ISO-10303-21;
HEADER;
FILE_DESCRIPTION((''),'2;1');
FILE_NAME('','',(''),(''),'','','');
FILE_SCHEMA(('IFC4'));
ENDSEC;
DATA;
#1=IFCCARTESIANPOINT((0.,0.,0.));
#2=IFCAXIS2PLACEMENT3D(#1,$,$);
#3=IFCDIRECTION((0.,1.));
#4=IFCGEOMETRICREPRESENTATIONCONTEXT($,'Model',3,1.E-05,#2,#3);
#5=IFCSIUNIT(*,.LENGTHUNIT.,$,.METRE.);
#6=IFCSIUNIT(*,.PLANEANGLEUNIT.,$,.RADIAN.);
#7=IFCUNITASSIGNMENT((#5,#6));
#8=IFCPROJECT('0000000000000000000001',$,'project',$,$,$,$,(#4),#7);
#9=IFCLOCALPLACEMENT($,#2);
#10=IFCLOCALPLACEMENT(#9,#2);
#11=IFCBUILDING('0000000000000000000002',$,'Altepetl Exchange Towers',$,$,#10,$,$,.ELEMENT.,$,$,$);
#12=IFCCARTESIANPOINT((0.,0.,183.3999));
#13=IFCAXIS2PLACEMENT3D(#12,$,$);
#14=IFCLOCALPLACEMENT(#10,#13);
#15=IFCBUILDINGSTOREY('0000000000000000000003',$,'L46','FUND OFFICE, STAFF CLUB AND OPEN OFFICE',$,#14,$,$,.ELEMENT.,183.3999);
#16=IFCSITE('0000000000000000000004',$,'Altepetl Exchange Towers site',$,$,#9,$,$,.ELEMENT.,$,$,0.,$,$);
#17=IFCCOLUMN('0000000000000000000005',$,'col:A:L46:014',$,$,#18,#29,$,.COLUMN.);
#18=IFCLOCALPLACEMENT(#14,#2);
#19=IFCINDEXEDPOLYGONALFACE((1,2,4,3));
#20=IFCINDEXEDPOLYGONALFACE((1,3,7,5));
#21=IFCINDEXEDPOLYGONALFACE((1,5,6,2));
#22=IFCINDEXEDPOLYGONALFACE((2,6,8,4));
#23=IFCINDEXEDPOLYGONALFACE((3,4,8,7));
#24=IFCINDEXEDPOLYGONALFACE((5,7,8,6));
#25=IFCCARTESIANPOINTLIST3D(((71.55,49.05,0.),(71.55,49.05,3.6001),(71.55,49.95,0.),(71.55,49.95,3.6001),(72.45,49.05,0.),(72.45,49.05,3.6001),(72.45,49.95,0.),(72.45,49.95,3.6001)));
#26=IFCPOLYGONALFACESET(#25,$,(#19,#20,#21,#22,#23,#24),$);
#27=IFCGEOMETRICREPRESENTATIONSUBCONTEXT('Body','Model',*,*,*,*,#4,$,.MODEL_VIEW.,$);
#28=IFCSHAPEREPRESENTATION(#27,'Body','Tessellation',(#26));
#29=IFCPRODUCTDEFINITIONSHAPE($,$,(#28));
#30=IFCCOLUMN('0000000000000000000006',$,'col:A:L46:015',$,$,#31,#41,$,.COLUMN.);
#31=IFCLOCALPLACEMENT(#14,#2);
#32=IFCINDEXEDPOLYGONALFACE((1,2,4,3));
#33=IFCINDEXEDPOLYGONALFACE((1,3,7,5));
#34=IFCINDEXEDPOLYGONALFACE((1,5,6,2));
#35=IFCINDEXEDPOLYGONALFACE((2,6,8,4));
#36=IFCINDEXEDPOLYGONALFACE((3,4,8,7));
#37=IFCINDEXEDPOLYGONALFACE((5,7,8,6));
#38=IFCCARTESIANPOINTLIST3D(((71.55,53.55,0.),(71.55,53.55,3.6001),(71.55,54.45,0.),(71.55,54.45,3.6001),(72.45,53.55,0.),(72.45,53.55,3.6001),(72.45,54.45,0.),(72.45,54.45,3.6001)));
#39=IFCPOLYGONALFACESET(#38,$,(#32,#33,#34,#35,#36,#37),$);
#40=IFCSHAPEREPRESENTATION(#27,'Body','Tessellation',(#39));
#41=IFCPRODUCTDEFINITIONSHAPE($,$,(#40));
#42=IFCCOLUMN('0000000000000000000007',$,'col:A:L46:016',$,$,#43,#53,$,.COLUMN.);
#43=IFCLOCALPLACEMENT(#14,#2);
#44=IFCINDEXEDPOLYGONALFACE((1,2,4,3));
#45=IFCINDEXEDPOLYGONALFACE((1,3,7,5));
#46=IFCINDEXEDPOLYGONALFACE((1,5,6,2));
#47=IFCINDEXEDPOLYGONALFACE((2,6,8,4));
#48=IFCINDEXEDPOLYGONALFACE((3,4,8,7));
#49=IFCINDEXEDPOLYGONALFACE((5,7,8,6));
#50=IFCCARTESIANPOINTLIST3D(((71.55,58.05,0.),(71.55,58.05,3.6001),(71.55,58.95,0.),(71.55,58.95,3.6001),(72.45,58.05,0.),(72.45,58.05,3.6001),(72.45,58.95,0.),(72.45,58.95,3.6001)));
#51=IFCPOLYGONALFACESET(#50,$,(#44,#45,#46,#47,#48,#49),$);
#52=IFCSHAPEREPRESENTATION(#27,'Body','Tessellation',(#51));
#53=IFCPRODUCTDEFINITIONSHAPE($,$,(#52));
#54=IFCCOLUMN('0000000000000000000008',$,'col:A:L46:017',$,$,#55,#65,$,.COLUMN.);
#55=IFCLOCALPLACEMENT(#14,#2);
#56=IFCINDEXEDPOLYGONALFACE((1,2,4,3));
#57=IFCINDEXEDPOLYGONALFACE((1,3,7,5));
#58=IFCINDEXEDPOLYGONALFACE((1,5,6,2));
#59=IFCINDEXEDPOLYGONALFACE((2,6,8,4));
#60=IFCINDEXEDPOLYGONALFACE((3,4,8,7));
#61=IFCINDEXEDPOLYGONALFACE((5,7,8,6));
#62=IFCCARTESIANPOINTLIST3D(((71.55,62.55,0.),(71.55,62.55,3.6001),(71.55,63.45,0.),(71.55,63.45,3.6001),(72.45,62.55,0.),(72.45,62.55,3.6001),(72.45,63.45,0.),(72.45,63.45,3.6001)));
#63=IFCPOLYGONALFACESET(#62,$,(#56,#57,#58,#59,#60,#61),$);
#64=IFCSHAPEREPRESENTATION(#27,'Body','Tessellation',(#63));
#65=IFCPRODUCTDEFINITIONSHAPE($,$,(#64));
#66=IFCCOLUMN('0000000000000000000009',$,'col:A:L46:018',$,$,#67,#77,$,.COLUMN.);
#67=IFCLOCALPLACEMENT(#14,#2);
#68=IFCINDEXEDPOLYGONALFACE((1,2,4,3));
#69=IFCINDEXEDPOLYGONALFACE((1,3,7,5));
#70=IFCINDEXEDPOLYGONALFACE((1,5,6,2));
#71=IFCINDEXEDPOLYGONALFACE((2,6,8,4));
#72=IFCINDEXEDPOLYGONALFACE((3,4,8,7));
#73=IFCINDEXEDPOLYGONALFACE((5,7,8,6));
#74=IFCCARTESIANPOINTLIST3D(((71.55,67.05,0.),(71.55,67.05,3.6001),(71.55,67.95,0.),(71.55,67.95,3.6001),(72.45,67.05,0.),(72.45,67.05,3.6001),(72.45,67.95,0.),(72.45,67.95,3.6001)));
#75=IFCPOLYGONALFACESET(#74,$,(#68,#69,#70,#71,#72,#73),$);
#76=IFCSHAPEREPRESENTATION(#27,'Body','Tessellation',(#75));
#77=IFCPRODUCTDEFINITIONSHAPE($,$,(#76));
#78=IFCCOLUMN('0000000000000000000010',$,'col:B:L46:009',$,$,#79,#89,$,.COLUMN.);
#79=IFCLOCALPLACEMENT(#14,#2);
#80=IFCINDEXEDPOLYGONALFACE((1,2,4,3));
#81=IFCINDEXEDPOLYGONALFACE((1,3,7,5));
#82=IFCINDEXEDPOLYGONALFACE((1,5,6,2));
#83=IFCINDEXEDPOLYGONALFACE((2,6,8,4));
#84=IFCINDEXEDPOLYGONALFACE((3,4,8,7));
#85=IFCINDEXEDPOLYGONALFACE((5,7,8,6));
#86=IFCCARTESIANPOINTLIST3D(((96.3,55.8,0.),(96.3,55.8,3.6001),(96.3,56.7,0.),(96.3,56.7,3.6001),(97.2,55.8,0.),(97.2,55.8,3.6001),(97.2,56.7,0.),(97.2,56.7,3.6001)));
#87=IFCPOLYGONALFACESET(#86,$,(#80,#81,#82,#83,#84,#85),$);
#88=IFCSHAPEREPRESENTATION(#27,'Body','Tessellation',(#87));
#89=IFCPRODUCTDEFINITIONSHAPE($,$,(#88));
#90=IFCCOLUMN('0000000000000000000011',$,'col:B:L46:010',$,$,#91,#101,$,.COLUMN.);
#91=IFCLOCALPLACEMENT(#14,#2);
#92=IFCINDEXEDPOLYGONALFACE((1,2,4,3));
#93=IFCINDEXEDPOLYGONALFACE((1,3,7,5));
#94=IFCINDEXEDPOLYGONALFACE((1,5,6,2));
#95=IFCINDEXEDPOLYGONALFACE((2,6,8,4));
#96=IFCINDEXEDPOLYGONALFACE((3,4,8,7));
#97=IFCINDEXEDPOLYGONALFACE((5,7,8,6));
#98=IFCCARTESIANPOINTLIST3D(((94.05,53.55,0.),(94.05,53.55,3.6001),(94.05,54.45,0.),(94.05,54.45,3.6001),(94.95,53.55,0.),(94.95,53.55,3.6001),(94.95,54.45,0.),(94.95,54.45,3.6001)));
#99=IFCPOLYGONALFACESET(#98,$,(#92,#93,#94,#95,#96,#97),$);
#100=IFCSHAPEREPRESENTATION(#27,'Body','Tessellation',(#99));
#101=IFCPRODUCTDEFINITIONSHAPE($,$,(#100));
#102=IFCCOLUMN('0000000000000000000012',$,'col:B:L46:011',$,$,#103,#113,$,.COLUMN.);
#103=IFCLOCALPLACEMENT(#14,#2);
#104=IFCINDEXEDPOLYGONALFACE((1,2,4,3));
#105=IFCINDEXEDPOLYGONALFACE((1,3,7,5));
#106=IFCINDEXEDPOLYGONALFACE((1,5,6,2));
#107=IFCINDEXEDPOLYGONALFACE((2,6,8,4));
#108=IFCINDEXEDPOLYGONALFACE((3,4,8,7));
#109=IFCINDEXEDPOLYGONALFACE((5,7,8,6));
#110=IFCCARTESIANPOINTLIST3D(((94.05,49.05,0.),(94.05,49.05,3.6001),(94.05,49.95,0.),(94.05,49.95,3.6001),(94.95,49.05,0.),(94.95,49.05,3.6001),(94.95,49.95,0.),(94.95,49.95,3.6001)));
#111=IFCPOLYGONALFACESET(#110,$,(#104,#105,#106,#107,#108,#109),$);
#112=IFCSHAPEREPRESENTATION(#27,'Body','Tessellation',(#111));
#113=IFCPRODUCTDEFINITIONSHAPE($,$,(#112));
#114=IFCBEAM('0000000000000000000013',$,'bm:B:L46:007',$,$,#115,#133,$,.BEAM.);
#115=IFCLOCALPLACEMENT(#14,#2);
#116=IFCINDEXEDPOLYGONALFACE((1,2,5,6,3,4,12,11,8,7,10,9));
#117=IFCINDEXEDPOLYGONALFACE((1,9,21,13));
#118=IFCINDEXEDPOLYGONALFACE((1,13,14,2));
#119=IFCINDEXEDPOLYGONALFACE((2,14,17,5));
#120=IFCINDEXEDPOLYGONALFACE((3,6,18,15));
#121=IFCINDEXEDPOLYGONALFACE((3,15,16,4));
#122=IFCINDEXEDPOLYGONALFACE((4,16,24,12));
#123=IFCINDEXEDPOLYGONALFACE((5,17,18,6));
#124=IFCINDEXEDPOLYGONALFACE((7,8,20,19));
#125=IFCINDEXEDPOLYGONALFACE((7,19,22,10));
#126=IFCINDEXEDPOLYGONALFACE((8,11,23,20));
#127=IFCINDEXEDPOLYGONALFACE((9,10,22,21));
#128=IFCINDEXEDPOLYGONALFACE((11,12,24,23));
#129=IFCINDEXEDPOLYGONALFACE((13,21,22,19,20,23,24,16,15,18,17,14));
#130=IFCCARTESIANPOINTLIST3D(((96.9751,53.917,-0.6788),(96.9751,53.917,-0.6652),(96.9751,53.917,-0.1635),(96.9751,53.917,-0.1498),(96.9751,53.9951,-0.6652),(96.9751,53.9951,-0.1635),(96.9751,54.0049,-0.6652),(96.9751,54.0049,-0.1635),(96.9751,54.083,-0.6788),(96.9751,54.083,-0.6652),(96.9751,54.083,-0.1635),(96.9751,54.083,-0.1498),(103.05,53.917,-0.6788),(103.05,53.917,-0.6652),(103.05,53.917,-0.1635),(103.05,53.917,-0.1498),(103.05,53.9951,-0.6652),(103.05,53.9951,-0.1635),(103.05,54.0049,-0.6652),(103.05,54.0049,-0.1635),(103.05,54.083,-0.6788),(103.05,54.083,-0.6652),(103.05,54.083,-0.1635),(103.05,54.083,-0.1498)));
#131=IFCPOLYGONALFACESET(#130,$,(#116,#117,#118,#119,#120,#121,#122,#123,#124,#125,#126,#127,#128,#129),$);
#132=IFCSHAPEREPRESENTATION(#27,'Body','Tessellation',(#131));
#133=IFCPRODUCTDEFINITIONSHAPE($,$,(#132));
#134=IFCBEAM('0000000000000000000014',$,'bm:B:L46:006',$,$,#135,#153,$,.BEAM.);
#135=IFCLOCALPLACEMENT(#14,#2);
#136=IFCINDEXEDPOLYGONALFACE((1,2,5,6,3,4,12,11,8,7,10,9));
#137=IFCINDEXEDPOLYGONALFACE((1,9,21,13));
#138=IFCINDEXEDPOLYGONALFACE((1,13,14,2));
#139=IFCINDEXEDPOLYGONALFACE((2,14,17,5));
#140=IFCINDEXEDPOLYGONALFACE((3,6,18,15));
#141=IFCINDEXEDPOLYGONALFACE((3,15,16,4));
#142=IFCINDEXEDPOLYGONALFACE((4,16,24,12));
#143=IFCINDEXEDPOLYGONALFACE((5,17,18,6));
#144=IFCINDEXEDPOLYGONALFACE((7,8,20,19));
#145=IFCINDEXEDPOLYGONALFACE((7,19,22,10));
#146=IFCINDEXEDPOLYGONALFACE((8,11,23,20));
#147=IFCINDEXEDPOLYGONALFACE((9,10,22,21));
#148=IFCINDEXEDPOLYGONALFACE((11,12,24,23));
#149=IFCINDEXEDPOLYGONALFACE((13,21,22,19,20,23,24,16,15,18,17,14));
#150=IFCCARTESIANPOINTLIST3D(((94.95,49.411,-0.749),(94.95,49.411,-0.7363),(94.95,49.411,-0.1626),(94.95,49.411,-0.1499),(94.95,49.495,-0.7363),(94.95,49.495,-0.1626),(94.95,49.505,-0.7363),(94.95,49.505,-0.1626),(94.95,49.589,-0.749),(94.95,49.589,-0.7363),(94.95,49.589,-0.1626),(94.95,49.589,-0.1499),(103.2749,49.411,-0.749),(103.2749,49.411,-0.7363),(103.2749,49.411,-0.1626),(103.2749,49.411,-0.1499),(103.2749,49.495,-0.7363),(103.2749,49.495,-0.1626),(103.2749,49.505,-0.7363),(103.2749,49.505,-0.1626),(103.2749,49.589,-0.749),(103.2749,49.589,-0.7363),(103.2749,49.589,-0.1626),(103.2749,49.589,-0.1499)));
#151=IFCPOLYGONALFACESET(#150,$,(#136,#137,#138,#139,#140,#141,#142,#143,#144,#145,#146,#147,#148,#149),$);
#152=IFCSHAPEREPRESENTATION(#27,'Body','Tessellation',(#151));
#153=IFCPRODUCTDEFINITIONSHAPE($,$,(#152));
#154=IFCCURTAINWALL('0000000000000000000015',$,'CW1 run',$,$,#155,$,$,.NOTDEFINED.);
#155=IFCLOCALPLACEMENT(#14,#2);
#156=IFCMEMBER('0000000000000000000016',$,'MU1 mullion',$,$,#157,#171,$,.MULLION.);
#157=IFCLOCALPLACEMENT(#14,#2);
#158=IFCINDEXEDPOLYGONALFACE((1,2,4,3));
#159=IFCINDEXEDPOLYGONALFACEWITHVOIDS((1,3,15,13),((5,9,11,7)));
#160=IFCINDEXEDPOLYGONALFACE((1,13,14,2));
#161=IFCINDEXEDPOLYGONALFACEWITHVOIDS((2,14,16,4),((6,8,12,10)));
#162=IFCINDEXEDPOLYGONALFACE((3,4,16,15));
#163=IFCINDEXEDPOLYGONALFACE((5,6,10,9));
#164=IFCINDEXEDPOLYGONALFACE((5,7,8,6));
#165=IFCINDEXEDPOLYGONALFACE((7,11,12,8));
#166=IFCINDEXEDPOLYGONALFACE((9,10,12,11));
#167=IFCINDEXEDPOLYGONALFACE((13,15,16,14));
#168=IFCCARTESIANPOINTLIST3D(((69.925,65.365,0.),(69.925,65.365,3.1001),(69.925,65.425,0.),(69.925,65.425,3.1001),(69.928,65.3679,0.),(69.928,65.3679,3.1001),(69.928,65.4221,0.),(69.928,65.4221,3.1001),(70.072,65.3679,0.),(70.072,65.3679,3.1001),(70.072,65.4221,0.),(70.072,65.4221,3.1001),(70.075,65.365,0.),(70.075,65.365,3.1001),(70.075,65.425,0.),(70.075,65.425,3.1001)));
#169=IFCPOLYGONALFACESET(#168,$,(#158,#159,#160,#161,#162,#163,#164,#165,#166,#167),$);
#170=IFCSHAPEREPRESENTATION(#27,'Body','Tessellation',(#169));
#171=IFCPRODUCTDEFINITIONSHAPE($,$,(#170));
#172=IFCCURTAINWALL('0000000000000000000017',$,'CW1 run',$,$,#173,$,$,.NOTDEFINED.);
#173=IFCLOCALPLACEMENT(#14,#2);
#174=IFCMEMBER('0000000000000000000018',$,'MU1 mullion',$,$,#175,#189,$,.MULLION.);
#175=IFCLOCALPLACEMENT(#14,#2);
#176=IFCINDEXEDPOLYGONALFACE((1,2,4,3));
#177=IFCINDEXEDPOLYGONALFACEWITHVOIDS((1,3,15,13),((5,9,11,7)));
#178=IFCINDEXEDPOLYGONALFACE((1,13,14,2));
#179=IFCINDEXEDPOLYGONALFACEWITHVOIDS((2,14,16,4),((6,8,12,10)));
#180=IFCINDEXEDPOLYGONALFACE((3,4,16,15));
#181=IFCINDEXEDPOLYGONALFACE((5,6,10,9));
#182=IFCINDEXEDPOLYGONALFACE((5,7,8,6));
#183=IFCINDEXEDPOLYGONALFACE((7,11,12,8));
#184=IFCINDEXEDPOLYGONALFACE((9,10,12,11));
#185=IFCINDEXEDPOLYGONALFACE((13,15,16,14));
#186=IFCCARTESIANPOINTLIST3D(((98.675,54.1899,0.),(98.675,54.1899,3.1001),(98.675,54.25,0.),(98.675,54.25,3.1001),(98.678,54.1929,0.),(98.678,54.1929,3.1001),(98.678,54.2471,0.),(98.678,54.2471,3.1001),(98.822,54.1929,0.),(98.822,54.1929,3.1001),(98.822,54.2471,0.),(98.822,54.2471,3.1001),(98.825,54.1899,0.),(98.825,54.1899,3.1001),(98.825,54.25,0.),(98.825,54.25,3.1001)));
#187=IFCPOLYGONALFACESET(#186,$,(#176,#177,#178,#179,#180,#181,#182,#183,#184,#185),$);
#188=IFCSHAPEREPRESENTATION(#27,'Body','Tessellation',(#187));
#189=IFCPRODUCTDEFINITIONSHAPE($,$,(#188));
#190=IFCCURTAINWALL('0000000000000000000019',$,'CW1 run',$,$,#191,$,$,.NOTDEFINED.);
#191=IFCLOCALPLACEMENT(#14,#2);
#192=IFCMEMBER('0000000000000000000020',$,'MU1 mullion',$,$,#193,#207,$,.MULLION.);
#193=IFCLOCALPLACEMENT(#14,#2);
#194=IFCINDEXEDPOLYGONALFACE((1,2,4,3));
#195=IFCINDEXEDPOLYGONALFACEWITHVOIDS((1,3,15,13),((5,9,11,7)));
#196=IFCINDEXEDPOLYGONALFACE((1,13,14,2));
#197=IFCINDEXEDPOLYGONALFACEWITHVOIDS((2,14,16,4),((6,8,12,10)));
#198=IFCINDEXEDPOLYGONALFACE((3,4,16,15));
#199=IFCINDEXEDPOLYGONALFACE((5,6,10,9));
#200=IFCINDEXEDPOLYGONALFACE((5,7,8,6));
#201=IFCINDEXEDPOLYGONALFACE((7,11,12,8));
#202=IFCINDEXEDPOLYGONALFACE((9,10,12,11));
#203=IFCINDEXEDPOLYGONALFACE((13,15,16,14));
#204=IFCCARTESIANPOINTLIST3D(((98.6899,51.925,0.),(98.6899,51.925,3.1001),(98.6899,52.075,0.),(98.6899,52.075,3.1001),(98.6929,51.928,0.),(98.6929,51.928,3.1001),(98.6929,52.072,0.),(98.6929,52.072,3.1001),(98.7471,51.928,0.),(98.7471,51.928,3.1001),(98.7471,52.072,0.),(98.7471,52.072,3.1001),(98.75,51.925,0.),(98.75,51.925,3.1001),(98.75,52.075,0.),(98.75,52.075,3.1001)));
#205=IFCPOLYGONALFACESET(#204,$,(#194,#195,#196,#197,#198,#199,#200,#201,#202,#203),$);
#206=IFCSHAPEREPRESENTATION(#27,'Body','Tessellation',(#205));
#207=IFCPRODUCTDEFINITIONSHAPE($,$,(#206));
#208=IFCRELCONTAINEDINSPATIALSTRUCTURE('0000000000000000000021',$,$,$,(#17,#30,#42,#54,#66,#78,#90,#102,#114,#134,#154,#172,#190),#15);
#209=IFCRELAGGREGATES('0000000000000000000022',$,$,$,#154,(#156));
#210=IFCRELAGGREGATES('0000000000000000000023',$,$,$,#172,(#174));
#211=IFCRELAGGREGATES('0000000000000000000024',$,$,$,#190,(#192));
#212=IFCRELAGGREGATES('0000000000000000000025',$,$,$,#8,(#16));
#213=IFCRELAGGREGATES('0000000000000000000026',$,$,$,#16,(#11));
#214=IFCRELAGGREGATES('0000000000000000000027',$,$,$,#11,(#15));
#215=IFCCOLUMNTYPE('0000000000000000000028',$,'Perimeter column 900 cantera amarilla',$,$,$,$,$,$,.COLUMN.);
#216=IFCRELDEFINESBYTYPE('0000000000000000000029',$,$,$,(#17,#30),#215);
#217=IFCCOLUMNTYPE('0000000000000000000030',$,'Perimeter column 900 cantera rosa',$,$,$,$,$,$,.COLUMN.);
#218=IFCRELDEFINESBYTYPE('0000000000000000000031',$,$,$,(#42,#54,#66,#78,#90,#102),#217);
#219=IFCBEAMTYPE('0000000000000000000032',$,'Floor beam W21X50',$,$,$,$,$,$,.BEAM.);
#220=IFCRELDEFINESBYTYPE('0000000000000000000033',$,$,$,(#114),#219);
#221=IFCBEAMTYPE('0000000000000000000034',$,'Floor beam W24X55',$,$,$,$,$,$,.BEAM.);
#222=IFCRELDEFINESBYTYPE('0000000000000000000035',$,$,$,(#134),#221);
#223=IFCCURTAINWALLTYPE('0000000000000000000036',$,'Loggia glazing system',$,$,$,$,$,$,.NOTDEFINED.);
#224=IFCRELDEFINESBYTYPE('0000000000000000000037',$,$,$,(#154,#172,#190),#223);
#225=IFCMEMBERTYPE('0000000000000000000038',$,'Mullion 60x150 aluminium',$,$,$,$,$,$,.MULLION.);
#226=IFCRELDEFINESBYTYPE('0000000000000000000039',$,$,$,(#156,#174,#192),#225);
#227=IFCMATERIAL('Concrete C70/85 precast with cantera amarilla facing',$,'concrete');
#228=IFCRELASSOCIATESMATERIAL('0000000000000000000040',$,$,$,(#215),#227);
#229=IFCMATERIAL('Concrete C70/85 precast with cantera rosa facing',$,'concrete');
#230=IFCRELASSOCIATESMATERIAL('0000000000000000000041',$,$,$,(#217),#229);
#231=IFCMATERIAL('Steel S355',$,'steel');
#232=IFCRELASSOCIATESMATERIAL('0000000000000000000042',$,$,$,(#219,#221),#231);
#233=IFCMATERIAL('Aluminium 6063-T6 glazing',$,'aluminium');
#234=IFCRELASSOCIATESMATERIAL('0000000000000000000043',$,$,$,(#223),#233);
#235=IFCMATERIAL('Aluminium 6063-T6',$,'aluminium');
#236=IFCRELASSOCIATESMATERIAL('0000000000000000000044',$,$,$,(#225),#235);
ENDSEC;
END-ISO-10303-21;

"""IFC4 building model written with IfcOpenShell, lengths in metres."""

from ifc_helpers import new_model, si_unit, direction, frame, origin, origin_2d, place, context, subcontext, project, spatial, rectangle, hollow_rectangle, i_section, extrude, material, material_profile, profile_set, type_object, element, aggregate, save


model = new_model("IFC4")

# Units and contexts
model_context = context("Model", 3, precision=1e-05, world=origin(), true_north=direction((0.0, 1.0)))
body_context = subcontext(model_context, "Body", "Model", "MODEL_VIEW")
ifc_project = project(units=[si_unit("LENGTHUNIT", "METRE"), si_unit("PLANEANGLEUNIT", "RADIAN")], contexts=[model_context])

# Site, building, storey
site_placement = place(None, origin())
site = spatial("IfcSite", under=ifc_project, at=site_placement, Name="Altepetl Exchange Towers site", CompositionType="ELEMENT", RefElevation=0.0)
building_placement = place(site_placement, origin())
building = spatial("IfcBuilding", under=site, at=building_placement, Name="Altepetl Exchange Towers", CompositionType="ELEMENT")
storey_placement = place(building_placement, frame((0.0, 0.0, 183.3999)))
storey = spatial("IfcBuildingStorey", under=building, at=storey_placement, Name="L46", Description="FUND OFFICE, STAFF CLUB AND OPEN OFFICE", CompositionType="ELEMENT", Elevation=183.3999)

# Columns
ifc_material_1 = material(Name="Concrete C70/85 precast with cantera amarilla facing", Category="concrete")
ifc_material_profile_1 = material_profile(ifc_material_1, rectangle(XDim=0.8999, YDim=0.8999, at=origin_2d()), Name="900 x 900")
ifc_profile_set_1 = profile_set([ifc_material_profile_1], Name="Concrete C70/85 precast with cantera amarilla facing")
column_type_1 = type_object("IfcColumnType", Name="Perimeter column 900 cantera amarilla", PredefinedType="COLUMN", material=ifc_profile_set_1)
for number, where, name in (
    (1, (72.0, 49.5, 0.0), "col:A:L46:014"),
    (2, (72.0, 54.0, 0.0), "col:A:L46:015"),
):
    element("IfcColumn", number, at=place(storey_placement, frame(where)), inside=storey, type_object=column_type_1, Name=name, PredefinedType="COLUMN", context=body_context, shape_type="SweptSolid", body=[
        extrude(rectangle(XDim=0.8999, YDim=0.8999, at=origin_2d()), origin(), (0.0, 0.0, 1.0), 3.6001),
    ])
ifc_material_2 = material(Name="Concrete C70/85 precast with cantera rosa facing", Category="concrete")
ifc_material_profile_2 = material_profile(ifc_material_2, rectangle(XDim=0.8999, YDim=0.8999, at=origin_2d()), Name="900 x 900")
ifc_profile_set_2 = profile_set([ifc_material_profile_2], Name="Concrete C70/85 precast with cantera rosa facing")
column_type_2 = type_object("IfcColumnType", Name="Perimeter column 900 cantera rosa", PredefinedType="COLUMN", material=ifc_profile_set_2)
for number, where, name in (
    (3, (72.0, 58.5, 0.0), "col:A:L46:016"),
    (4, (72.0, 63.0, 0.0), "col:A:L46:017"),
    (5, (72.0, 67.5, 0.0), "col:A:L46:018"),
    (6, (96.75, 56.25, 0.0), "col:B:L46:009"),
    (7, (94.5, 54.0, 0.0), "col:B:L46:010"),
    (8, (94.5, 49.5, 0.0), "col:B:L46:011"),
):
    element("IfcColumn", number, at=place(storey_placement, frame(where)), inside=storey, type_object=column_type_2, Name=name, PredefinedType="COLUMN", context=body_context, shape_type="SweptSolid", body=[
        extrude(rectangle(XDim=0.8999, YDim=0.8999, at=origin_2d()), origin(), (0.0, 0.0, 1.0), 3.6001),
    ])

# Beams
ifc_material_3 = material(Name="Steel S355", Category="steel")
ifc_material_profile_3 = material_profile(ifc_material_3, i_section(OverallWidth=0.166, OverallDepth=0.5291, WebThickness=0.0098, FlangeThickness=0.0137, at=origin_2d()), Name="W21X50")
ifc_profile_set_3 = profile_set([ifc_material_profile_3], Name="Steel S355")
beam_type_1 = type_object("IfcBeamType", Name="Floor beam W21X50", PredefinedType="BEAM", material=ifc_profile_set_3)
beam_1_placement = place(storey_placement, frame((96.9751, 54.0, -0.4143), z_axis=(1.0, 0.0, 0.0), x_axis=(0.0, 1.0, 0.0)))
element("IfcBeam", 9, at=beam_1_placement, inside=storey, type_object=beam_type_1, Name="bm:B:L46:007", PredefinedType="BEAM", context=body_context, shape_type="SweptSolid", body=[
    extrude(i_section(OverallWidth=0.166, OverallDepth=0.5291, WebThickness=0.0098, FlangeThickness=0.0137, at=origin_2d()), origin(), (0.0, 0.0, 1.0), 6.075),
])
ifc_material_profile_4 = material_profile(ifc_material_3, i_section(OverallWidth=0.178, OverallDepth=0.5991, WebThickness=0.01, FlangeThickness=0.0127, at=origin_2d()), Name="W24X55")
ifc_profile_set_4 = profile_set([ifc_material_profile_4], Name="Steel S355")
beam_type_2 = type_object("IfcBeamType", Name="Floor beam W24X55", PredefinedType="BEAM", material=ifc_profile_set_4)
beam_2_placement = place(storey_placement, frame((94.95, 49.5, -0.4495), z_axis=(1.0, 0.0, 0.0), x_axis=(0.0, 1.0, 0.0)))
element("IfcBeam", 10, at=beam_2_placement, inside=storey, type_object=beam_type_2, Name="bm:B:L46:006", PredefinedType="BEAM", context=body_context, shape_type="SweptSolid", body=[
    extrude(i_section(OverallWidth=0.178, OverallDepth=0.5991, WebThickness=0.01, FlangeThickness=0.0127, at=origin_2d()), origin(), (0.0, 0.0, 1.0), 8.325),
])

# Curtain walls, members
ifc_material_4 = material(Name="Aluminium 6063-T6 glazing", Category="aluminium")
curtain_wall_type = type_object("IfcCurtainWallType", Name="Loggia glazing system", PredefinedType="NOTDEFINED", material=ifc_material_4)
curtain_wall_1_placement = place(storey_placement, origin())
curtain_wall_1 = element("IfcCurtainWall", 11, at=curtain_wall_1_placement, inside=storey, type_object=curtain_wall_type, Name="CW1 run", PredefinedType="NOTDEFINED")
ifc_material_5 = material(Name="Aluminium 6063-T6", Category="aluminium")
ifc_material_profile_5 = material_profile(ifc_material_5, hollow_rectangle(XDim=0.0601, YDim=0.1499, WallThickness=0.0029, at=origin_2d()), Name="Mullion 60x150 aluminium")
ifc_profile_set_5 = profile_set([ifc_material_profile_5], Name="Aluminium 6063-T6")
member_type = type_object("IfcMemberType", Name="Mullion 60x150 aluminium", PredefinedType="MULLION", material=ifc_profile_set_5)
member_1_placement = place(storey_placement, frame((70.0, 65.395, 0.0), z_axis=(0.0, 0.0, 1.0), x_axis=(0.0, 1.0, 0.0)))
member_1 = element("IfcMember", 12, at=member_1_placement, type_object=member_type, Name="MU1 mullion", PredefinedType="MULLION", context=body_context, shape_type="SweptSolid", body=[
    extrude(hollow_rectangle(XDim=0.0601, YDim=0.1499, WallThickness=0.0029, at=origin_2d()), origin(), (0.0, 0.0, 1.0), 3.1001),
])
aggregate(curtain_wall_1, [member_1])
curtain_wall_2_placement = place(storey_placement, origin())
curtain_wall_2 = element("IfcCurtainWall", 13, at=curtain_wall_2_placement, inside=storey, type_object=curtain_wall_type, Name="CW1 run", PredefinedType="NOTDEFINED")
member_2_placement = place(storey_placement, frame((98.75, 54.22, 0.0), z_axis=(0.0, 0.0, 1.0), x_axis=(0.0, -1.0, 0.0)))
member_2 = element("IfcMember", 14, at=member_2_placement, type_object=member_type, Name="MU1 mullion", PredefinedType="MULLION", context=body_context, shape_type="SweptSolid", body=[
    extrude(hollow_rectangle(XDim=0.0601, YDim=0.1499, WallThickness=0.0029, at=origin_2d()), origin(), (0.0, 0.0, 1.0), 3.1001),
])
aggregate(curtain_wall_2, [member_2])

# Curtain wall, member
curtain_wall_3_placement = place(storey_placement, origin())
curtain_wall_3 = element("IfcCurtainWall", 15, at=curtain_wall_3_placement, inside=storey, type_object=curtain_wall_type, Name="CW1 run", PredefinedType="NOTDEFINED")
member_3_placement = place(storey_placement, frame((98.72, 52.0, 0.0), z_axis=(0.0, 0.0, 1.0), x_axis=(-1.0, 0.0, 0.0)))
member_3 = element("IfcMember", 16, at=member_3_placement, type_object=member_type, Name="MU1 mullion", PredefinedType="MULLION", context=body_context, shape_type="SweptSolid", body=[
    extrude(hollow_rectangle(XDim=0.0601, YDim=0.1499, WallThickness=0.0029, at=origin_2d()), origin(), (0.0, 0.0, 1.0), 3.1001),
])

aggregate(curtain_wall_3, [member_3])

save(model, "model.ifc")
